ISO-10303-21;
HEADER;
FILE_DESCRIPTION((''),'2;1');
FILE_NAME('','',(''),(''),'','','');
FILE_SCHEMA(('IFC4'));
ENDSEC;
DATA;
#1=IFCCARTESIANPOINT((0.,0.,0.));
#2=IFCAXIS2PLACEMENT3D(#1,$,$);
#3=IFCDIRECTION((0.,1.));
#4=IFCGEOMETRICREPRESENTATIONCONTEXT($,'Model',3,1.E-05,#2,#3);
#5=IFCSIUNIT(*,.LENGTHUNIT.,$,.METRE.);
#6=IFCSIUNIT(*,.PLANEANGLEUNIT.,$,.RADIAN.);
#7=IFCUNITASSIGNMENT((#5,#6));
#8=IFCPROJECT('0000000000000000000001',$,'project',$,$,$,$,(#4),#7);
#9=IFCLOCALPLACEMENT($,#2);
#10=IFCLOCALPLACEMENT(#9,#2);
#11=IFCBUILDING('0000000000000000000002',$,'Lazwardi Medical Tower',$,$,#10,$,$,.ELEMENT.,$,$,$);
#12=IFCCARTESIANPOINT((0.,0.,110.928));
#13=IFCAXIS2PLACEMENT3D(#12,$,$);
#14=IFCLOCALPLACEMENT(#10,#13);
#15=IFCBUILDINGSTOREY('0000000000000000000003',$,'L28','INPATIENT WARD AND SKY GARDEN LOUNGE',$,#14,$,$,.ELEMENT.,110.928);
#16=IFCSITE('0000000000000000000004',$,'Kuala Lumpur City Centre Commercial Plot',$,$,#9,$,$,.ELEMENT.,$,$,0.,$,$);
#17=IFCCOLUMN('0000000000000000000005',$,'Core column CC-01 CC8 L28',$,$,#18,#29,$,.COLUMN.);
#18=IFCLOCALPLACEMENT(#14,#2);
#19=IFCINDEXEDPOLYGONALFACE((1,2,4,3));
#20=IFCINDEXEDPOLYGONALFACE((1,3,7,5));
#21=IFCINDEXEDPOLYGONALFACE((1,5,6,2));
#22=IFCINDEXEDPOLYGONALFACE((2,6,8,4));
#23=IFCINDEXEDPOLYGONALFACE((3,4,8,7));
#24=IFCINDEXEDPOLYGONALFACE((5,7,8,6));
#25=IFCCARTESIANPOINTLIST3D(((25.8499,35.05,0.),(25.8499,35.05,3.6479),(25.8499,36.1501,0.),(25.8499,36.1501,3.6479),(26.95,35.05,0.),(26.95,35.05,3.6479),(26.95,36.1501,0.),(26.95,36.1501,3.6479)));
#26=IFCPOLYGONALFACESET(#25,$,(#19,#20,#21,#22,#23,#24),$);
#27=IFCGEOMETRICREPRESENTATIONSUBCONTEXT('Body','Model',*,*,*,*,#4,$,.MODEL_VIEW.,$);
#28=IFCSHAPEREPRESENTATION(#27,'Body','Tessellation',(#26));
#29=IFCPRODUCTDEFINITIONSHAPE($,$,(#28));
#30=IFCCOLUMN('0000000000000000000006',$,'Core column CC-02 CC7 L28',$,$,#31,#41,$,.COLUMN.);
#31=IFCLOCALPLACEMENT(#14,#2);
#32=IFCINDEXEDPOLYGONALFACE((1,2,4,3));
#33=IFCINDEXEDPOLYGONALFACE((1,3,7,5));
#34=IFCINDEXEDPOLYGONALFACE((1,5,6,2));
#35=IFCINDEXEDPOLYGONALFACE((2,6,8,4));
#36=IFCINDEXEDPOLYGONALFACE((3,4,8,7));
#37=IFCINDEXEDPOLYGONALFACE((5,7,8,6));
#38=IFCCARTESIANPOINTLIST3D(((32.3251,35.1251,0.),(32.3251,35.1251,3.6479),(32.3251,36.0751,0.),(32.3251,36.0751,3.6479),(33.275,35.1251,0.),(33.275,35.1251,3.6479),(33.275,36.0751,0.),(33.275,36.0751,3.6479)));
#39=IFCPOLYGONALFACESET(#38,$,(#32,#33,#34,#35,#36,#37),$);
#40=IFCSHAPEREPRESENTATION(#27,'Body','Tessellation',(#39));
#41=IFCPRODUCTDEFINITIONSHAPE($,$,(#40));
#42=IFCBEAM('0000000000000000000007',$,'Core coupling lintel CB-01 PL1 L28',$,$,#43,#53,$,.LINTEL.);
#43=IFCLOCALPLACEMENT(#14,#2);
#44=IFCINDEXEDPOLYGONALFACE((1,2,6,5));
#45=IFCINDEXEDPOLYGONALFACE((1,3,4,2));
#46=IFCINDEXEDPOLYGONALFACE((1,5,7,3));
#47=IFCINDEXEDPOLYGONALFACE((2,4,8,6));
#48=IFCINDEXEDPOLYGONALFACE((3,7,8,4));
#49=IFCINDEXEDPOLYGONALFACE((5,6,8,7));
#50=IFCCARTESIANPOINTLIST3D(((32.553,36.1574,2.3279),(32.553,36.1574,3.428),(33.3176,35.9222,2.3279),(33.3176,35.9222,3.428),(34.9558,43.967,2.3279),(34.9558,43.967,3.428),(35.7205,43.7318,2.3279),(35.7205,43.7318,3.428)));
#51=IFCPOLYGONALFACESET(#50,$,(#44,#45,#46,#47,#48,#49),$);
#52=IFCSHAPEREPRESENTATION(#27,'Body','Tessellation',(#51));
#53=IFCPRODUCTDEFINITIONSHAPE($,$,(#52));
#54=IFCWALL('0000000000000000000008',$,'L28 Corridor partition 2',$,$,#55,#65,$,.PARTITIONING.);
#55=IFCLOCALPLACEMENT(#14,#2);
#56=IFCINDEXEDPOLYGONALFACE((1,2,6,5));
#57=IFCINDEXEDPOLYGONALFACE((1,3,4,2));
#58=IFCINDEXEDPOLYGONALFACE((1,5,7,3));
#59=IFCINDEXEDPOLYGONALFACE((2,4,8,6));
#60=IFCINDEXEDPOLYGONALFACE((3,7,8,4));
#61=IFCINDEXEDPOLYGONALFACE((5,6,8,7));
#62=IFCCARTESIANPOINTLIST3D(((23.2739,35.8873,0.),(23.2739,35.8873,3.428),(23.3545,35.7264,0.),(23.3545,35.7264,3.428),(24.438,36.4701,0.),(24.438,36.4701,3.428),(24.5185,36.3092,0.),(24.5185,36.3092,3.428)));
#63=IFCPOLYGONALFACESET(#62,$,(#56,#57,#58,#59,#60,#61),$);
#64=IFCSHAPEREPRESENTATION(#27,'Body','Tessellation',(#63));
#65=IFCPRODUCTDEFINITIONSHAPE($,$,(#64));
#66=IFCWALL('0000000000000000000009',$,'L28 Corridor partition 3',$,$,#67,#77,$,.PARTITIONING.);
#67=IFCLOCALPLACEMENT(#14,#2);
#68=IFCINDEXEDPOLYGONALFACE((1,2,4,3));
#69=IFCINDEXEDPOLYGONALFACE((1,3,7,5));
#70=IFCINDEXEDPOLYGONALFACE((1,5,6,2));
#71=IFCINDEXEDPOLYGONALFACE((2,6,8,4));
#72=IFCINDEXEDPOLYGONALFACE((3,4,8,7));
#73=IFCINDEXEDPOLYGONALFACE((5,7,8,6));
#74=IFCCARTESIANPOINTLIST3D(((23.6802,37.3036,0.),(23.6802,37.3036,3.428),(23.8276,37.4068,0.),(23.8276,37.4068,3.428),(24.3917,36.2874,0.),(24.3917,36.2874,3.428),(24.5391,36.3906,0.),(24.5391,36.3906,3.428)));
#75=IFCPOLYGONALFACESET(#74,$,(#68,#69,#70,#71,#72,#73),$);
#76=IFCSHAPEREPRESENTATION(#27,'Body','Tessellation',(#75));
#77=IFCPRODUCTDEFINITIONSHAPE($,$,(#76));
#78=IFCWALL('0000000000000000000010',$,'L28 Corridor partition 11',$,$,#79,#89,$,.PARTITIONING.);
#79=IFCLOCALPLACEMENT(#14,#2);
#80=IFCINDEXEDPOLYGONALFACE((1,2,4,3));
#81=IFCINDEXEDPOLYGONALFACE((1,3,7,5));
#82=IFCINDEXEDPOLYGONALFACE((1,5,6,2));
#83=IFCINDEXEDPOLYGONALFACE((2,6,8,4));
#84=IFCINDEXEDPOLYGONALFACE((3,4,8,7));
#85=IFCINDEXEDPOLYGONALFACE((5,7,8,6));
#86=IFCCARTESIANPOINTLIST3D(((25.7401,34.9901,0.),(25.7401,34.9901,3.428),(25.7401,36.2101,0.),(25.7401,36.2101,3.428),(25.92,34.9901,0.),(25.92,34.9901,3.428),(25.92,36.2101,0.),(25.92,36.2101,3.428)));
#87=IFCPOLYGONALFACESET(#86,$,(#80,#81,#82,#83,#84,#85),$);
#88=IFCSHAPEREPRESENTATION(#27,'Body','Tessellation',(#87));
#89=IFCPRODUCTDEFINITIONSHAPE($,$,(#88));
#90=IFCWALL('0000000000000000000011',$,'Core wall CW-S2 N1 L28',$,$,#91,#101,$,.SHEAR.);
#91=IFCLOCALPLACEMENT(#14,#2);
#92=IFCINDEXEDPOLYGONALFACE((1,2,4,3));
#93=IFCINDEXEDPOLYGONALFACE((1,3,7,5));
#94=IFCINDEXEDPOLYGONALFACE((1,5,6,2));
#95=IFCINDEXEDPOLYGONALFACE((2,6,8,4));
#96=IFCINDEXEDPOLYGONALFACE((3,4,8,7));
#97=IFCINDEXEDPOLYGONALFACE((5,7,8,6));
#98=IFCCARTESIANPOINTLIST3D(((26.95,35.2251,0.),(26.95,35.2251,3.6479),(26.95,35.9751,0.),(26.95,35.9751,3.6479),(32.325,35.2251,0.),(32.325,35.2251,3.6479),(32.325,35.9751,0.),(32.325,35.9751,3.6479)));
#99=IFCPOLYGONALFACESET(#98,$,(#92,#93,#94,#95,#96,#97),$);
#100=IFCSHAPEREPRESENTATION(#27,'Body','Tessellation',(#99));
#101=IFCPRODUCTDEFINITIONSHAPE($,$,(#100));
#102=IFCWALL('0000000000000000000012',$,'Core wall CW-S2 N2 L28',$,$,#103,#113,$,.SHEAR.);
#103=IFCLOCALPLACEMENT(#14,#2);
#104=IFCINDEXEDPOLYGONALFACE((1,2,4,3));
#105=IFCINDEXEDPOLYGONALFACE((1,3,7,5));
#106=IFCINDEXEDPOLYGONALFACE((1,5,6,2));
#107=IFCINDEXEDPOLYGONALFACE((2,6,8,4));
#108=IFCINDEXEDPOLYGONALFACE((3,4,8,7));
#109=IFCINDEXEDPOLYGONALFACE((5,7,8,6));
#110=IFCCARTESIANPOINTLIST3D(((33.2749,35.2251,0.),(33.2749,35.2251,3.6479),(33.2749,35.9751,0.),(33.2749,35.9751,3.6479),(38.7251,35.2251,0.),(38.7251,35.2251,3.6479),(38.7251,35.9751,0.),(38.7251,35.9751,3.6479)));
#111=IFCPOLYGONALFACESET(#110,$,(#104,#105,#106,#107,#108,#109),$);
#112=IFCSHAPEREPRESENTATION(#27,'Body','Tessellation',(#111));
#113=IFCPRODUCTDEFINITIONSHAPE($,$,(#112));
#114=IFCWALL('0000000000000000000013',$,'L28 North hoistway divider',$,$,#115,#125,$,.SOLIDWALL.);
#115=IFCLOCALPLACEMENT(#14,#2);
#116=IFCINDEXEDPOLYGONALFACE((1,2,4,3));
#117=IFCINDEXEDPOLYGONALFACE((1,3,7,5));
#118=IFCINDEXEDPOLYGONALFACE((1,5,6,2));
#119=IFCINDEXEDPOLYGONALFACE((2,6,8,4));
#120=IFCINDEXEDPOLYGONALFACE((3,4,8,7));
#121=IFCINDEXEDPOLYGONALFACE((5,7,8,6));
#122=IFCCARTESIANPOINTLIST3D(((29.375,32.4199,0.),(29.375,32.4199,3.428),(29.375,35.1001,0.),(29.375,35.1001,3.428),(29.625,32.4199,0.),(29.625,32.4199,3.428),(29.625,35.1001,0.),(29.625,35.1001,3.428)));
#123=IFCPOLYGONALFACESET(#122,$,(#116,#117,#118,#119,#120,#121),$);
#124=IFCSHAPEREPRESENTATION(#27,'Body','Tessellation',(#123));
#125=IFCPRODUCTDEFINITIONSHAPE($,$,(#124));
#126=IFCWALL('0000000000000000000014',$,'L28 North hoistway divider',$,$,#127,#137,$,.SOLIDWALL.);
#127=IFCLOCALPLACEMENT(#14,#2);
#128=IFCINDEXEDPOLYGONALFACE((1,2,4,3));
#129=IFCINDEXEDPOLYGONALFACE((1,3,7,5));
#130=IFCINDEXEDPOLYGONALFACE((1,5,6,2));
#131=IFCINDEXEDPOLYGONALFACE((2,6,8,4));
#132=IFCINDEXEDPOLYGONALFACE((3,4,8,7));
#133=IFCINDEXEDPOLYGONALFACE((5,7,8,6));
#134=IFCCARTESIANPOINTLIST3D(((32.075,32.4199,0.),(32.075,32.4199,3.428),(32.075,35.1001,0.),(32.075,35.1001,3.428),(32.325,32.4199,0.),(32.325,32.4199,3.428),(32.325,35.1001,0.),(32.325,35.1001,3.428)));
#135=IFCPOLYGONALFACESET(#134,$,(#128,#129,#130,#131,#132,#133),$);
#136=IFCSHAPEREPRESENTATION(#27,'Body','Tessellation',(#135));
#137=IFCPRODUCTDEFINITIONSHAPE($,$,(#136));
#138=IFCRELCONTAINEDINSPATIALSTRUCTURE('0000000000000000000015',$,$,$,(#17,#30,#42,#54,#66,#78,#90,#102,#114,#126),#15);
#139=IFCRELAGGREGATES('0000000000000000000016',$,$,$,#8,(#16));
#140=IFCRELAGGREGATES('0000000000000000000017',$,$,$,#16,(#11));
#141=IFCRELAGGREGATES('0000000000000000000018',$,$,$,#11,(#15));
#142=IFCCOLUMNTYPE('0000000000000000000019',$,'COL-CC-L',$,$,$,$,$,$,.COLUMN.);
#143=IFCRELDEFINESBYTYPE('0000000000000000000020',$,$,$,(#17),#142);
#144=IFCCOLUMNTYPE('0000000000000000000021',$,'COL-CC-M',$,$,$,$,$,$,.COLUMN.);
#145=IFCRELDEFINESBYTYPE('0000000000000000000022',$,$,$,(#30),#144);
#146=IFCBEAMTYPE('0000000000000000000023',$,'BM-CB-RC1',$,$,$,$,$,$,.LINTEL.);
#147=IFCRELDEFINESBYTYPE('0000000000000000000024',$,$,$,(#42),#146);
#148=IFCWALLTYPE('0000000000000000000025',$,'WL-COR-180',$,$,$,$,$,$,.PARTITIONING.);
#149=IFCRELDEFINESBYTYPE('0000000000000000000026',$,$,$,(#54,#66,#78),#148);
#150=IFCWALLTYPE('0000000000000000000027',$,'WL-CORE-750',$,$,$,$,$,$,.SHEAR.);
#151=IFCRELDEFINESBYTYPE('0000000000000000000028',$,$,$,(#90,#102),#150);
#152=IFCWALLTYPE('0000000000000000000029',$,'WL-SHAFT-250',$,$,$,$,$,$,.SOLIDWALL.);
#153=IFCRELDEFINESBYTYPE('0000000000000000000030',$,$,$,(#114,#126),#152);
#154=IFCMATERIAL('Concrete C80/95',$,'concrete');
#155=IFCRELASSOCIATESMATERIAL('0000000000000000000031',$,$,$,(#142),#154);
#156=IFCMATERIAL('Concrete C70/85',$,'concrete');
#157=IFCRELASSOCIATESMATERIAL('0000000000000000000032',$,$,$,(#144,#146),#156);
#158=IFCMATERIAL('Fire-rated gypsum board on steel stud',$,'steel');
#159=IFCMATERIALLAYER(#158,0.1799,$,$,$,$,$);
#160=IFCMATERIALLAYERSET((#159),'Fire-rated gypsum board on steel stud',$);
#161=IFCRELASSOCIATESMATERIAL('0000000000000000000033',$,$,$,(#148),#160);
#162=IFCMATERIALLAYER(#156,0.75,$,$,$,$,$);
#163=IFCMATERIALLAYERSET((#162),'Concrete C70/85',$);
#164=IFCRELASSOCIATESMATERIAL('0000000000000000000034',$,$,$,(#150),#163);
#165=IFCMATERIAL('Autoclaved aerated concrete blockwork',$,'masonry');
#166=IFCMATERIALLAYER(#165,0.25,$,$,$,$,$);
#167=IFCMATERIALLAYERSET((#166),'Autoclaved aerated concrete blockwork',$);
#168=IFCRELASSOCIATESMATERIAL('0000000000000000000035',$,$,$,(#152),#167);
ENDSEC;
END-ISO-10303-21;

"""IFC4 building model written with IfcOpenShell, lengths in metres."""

from ifc_helpers import new_model, si_unit, direction, frame, frame_2d, origin, origin_2d, place, context, subcontext, project, spatial, rectangle, extrude, material, layer, layer_set, material_profile, profile_set, type_object, element, save


model = new_model("IFC4")

# Units and contexts
model_context = context("Model", 3, precision=1e-05, world=origin(), true_north=direction((0.0, 1.0)))
body_context = subcontext(model_context, "Body", "Model", "MODEL_VIEW")
ifc_project = project(units=[si_unit("LENGTHUNIT", "METRE"), si_unit("PLANEANGLEUNIT", "RADIAN")], contexts=[model_context])

# Site, building, storey
site_placement = place(None, origin())
site = spatial("IfcSite", under=ifc_project, at=site_placement, Name="Kuala Lumpur City Centre Commercial Plot", CompositionType="ELEMENT", RefElevation=0.0)
building_placement = place(site_placement, origin())
building = spatial("IfcBuilding", under=site, at=building_placement, Name="Lazwardi Medical Tower", CompositionType="ELEMENT")
storey_placement = place(building_placement, frame((0.0, 0.0, 110.928)))
storey = spatial("IfcBuildingStorey", under=building, at=storey_placement, Name="L28", Description="INPATIENT WARD AND SKY GARDEN LOUNGE", CompositionType="ELEMENT", Elevation=110.928)

# Columns
ifc_material_1 = material(Name="Concrete C80/95", Category="concrete")
ifc_material_profile_1 = material_profile(ifc_material_1, rectangle(XDim=1.1001, YDim=1.1001, at=origin_2d()), Name="RC 1100x1100")
ifc_profile_set_1 = profile_set([ifc_material_profile_1], Name="Concrete C80/95")
column_type_1 = type_object("IfcColumnType", Name="COL-CC-L", PredefinedType="COLUMN", material=ifc_profile_set_1)
column_1_placement = place(storey_placement, frame((26.3999, 35.6001, 0.0), z_axis=(0.0, 0.0, 1.0), x_axis=(1.0, 0.0, 0.0)))
element("IfcColumn", 1, at=column_1_placement, inside=storey, type_object=column_type_1, Name="Core column CC-01 CC8 L28", PredefinedType="COLUMN", context=body_context, shape_type="SweptSolid", body=[
    extrude(rectangle(XDim=1.1001, YDim=1.1001, at=origin_2d()), origin(), (0.0, 0.0, 1.0), 3.6479),
])
ifc_material_2 = material(Name="Concrete C70/85", Category="concrete")
ifc_material_profile_2 = material_profile(ifc_material_2, rectangle(XDim=0.95, YDim=0.95, at=origin_2d()), Name="RC 950x950")
ifc_profile_set_2 = profile_set([ifc_material_profile_2], Name="Concrete C70/85")
column_type_2 = type_object("IfcColumnType", Name="COL-CC-M", PredefinedType="COLUMN", material=ifc_profile_set_2)
column_2_placement = place(storey_placement, frame((32.8, 35.6001, 0.0), z_axis=(0.0, 0.0, 1.0), x_axis=(1.0, 0.0, 0.0)))
element("IfcColumn", 2, at=column_2_placement, inside=storey, type_object=column_type_2, Name="Core column CC-02 CC7 L28", PredefinedType="COLUMN", context=body_context, shape_type="SweptSolid", body=[
    extrude(rectangle(XDim=0.95, YDim=0.95, at=origin_2d()), origin(), (0.0, 0.0, 1.0), 3.6479),
])

# Beam
ifc_material_profile_3 = material_profile(ifc_material_2, rectangle(XDim=0.8, YDim=1.1001, at=origin_2d()), Name="RC 800x1100")
ifc_profile_set_3 = profile_set([ifc_material_profile_3], Name="Concrete C70/85")
beam_type = type_object("IfcBeamType", Name="BM-CB-RC1", PredefinedType="LINTEL", material=ifc_profile_set_3)
beam_placement = place(storey_placement, frame((32.9353, 36.0398, 2.8779), z_axis=(0.294073, 0.955783, 0.0), x_axis=(-0.955783, 0.294073, 0.0)))
element("IfcBeam", 3, at=beam_placement, inside=storey, type_object=beam_type, Name="Core coupling lintel CB-01 PL1 L28", PredefinedType="LINTEL", context=body_context, shape_type="SweptSolid", body=[
    extrude(rectangle(XDim=0.8, YDim=1.1001, at=origin_2d()), origin(), (0.0, 0.0, 1.0), 8.1709),
])

# Walls
ifc_material_3 = material(Name="Fire-rated gypsum board on steel stud", Category="steel")
ifc_layer_1 = layer(ifc_material_3, 0.1799)
ifc_layer_set_1 = layer_set([ifc_layer_1], Name="Fire-rated gypsum board on steel stud")
wall_type_1 = type_object("IfcWallType", Name="WL-COR-180", PredefinedType="PARTITIONING", material=ifc_layer_set_1)
wall_1_placement = place(storey_placement, frame((23.3142, 35.8069, 0.0), z_axis=(0.0, 0.0, 1.0), x_axis=(0.894202, 0.447664, 0.0)))
element("IfcWall", 4, at=wall_1_placement, inside=storey, type_object=wall_type_1, Name="L28 Corridor partition 2", PredefinedType="PARTITIONING", context=body_context, shape_type="SweptSolid", body=[
    extrude(rectangle(XDim=1.3018, YDim=0.1799, at=frame_2d((0.6509, 0.0))), origin(), (0.0, 0.0, 1.0), 3.428),
])
wall_2_placement = place(storey_placement, frame((24.4653, 36.3391, 0.0), z_axis=(0.0, 0.0, 1.0), x_axis=(-0.573542, 0.819176, 0.0)))
element("IfcWall", 5, at=wall_2_placement, inside=storey, type_object=wall_type_1, Name="L28 Corridor partition 3", PredefinedType="PARTITIONING", context=body_context, shape_type="SweptSolid", body=[
    extrude(rectangle(XDim=1.2405, YDim=0.1799, at=frame_2d((0.6201, 0.0))), origin(), (0.0, 0.0, 1.0), 3.428),
])
wall_3_placement = place(storey_placement, frame((25.8301, 36.21, 0.0), z_axis=(0.0, 0.0, 1.0), x_axis=(0.0, -1.0, 0.0)))
element("IfcWall", 6, at=wall_3_placement, inside=storey, type_object=wall_type_1, Name="L28 Corridor partition 11", PredefinedType="PARTITIONING", context=body_context, shape_type="SweptSolid", body=[
    extrude(rectangle(XDim=1.22, YDim=0.1799, at=frame_2d((0.6099, 0.0))), origin(), (0.0, 0.0, 1.0), 3.428),
])
ifc_layer_2 = layer(ifc_material_2, 0.75)
ifc_layer_set_2 = layer_set([ifc_layer_2], Name="Concrete C70/85")
wall_type_2 = type_object("IfcWallType", Name="WL-CORE-750", PredefinedType="SHEAR", material=ifc_layer_set_2)
wall_4_placement = place(storey_placement, frame((26.95, 35.6001, 0.0), z_axis=(0.0, 0.0, 1.0), x_axis=(1.0, 0.0, 0.0)))
element("IfcWall", 7, at=wall_4_placement, inside=storey, type_object=wall_type_2, Name="Core wall CW-S2 N1 L28", PredefinedType="SHEAR", context=body_context, shape_type="SweptSolid", body=[
    extrude(rectangle(XDim=5.375, YDim=0.75, at=frame_2d((2.6875, 0.0))), origin(), (0.0, 0.0, 1.0), 3.6479),
])
wall_5_placement = place(storey_placement, frame((33.2749, 35.6001, 0.0), z_axis=(0.0, 0.0, 1.0), x_axis=(1.0, 0.0, 0.0)))
element("IfcWall", 8, at=wall_5_placement, inside=storey, type_object=wall_type_2, Name="Core wall CW-S2 N2 L28", PredefinedType="SHEAR", context=body_context, shape_type="SweptSolid", body=[
    extrude(rectangle(XDim=5.4502, YDim=0.75, at=frame_2d((2.7251, 0.0))), origin(), (0.0, 0.0, 1.0), 3.6479),
])
ifc_material_4 = material(Name="Autoclaved aerated concrete blockwork", Category="masonry")
ifc_layer_3 = layer(ifc_material_4, 0.25)
ifc_layer_set_3 = layer_set([ifc_layer_3], Name="Autoclaved aerated concrete blockwork")
wall_type_3 = type_object("IfcWallType", Name="WL-SHAFT-250", PredefinedType="SOLIDWALL", material=ifc_layer_set_3)
for number, where, z_axis, x_axis, name in (
    (9, (29.5, 32.4199, 0.0), (0.0, 0.0, 1.0), (0.0, 1.0, 0.0), "L28 North hoistway divider"),
    (10, (32.2, 32.4199, 0.0), (0.0, 0.0, 1.0), (0.0, 1.0, 0.0), "L28 North hoistway divider"),
):
    element("IfcWall", number, at=place(storey_placement, frame(where, z_axis=z_axis, x_axis=x_axis)), inside=storey, type_object=wall_type_3, Name=name, PredefinedType="SOLIDWALL", context=body_context, shape_type="SweptSolid", body=[
        extrude(rectangle(XDim=2.6802, YDim=0.25, at=frame_2d((1.3401, 0.0))), origin(), (0.0, 0.0, 1.0), 3.428),
    ])

save(model, "model.ifc")
